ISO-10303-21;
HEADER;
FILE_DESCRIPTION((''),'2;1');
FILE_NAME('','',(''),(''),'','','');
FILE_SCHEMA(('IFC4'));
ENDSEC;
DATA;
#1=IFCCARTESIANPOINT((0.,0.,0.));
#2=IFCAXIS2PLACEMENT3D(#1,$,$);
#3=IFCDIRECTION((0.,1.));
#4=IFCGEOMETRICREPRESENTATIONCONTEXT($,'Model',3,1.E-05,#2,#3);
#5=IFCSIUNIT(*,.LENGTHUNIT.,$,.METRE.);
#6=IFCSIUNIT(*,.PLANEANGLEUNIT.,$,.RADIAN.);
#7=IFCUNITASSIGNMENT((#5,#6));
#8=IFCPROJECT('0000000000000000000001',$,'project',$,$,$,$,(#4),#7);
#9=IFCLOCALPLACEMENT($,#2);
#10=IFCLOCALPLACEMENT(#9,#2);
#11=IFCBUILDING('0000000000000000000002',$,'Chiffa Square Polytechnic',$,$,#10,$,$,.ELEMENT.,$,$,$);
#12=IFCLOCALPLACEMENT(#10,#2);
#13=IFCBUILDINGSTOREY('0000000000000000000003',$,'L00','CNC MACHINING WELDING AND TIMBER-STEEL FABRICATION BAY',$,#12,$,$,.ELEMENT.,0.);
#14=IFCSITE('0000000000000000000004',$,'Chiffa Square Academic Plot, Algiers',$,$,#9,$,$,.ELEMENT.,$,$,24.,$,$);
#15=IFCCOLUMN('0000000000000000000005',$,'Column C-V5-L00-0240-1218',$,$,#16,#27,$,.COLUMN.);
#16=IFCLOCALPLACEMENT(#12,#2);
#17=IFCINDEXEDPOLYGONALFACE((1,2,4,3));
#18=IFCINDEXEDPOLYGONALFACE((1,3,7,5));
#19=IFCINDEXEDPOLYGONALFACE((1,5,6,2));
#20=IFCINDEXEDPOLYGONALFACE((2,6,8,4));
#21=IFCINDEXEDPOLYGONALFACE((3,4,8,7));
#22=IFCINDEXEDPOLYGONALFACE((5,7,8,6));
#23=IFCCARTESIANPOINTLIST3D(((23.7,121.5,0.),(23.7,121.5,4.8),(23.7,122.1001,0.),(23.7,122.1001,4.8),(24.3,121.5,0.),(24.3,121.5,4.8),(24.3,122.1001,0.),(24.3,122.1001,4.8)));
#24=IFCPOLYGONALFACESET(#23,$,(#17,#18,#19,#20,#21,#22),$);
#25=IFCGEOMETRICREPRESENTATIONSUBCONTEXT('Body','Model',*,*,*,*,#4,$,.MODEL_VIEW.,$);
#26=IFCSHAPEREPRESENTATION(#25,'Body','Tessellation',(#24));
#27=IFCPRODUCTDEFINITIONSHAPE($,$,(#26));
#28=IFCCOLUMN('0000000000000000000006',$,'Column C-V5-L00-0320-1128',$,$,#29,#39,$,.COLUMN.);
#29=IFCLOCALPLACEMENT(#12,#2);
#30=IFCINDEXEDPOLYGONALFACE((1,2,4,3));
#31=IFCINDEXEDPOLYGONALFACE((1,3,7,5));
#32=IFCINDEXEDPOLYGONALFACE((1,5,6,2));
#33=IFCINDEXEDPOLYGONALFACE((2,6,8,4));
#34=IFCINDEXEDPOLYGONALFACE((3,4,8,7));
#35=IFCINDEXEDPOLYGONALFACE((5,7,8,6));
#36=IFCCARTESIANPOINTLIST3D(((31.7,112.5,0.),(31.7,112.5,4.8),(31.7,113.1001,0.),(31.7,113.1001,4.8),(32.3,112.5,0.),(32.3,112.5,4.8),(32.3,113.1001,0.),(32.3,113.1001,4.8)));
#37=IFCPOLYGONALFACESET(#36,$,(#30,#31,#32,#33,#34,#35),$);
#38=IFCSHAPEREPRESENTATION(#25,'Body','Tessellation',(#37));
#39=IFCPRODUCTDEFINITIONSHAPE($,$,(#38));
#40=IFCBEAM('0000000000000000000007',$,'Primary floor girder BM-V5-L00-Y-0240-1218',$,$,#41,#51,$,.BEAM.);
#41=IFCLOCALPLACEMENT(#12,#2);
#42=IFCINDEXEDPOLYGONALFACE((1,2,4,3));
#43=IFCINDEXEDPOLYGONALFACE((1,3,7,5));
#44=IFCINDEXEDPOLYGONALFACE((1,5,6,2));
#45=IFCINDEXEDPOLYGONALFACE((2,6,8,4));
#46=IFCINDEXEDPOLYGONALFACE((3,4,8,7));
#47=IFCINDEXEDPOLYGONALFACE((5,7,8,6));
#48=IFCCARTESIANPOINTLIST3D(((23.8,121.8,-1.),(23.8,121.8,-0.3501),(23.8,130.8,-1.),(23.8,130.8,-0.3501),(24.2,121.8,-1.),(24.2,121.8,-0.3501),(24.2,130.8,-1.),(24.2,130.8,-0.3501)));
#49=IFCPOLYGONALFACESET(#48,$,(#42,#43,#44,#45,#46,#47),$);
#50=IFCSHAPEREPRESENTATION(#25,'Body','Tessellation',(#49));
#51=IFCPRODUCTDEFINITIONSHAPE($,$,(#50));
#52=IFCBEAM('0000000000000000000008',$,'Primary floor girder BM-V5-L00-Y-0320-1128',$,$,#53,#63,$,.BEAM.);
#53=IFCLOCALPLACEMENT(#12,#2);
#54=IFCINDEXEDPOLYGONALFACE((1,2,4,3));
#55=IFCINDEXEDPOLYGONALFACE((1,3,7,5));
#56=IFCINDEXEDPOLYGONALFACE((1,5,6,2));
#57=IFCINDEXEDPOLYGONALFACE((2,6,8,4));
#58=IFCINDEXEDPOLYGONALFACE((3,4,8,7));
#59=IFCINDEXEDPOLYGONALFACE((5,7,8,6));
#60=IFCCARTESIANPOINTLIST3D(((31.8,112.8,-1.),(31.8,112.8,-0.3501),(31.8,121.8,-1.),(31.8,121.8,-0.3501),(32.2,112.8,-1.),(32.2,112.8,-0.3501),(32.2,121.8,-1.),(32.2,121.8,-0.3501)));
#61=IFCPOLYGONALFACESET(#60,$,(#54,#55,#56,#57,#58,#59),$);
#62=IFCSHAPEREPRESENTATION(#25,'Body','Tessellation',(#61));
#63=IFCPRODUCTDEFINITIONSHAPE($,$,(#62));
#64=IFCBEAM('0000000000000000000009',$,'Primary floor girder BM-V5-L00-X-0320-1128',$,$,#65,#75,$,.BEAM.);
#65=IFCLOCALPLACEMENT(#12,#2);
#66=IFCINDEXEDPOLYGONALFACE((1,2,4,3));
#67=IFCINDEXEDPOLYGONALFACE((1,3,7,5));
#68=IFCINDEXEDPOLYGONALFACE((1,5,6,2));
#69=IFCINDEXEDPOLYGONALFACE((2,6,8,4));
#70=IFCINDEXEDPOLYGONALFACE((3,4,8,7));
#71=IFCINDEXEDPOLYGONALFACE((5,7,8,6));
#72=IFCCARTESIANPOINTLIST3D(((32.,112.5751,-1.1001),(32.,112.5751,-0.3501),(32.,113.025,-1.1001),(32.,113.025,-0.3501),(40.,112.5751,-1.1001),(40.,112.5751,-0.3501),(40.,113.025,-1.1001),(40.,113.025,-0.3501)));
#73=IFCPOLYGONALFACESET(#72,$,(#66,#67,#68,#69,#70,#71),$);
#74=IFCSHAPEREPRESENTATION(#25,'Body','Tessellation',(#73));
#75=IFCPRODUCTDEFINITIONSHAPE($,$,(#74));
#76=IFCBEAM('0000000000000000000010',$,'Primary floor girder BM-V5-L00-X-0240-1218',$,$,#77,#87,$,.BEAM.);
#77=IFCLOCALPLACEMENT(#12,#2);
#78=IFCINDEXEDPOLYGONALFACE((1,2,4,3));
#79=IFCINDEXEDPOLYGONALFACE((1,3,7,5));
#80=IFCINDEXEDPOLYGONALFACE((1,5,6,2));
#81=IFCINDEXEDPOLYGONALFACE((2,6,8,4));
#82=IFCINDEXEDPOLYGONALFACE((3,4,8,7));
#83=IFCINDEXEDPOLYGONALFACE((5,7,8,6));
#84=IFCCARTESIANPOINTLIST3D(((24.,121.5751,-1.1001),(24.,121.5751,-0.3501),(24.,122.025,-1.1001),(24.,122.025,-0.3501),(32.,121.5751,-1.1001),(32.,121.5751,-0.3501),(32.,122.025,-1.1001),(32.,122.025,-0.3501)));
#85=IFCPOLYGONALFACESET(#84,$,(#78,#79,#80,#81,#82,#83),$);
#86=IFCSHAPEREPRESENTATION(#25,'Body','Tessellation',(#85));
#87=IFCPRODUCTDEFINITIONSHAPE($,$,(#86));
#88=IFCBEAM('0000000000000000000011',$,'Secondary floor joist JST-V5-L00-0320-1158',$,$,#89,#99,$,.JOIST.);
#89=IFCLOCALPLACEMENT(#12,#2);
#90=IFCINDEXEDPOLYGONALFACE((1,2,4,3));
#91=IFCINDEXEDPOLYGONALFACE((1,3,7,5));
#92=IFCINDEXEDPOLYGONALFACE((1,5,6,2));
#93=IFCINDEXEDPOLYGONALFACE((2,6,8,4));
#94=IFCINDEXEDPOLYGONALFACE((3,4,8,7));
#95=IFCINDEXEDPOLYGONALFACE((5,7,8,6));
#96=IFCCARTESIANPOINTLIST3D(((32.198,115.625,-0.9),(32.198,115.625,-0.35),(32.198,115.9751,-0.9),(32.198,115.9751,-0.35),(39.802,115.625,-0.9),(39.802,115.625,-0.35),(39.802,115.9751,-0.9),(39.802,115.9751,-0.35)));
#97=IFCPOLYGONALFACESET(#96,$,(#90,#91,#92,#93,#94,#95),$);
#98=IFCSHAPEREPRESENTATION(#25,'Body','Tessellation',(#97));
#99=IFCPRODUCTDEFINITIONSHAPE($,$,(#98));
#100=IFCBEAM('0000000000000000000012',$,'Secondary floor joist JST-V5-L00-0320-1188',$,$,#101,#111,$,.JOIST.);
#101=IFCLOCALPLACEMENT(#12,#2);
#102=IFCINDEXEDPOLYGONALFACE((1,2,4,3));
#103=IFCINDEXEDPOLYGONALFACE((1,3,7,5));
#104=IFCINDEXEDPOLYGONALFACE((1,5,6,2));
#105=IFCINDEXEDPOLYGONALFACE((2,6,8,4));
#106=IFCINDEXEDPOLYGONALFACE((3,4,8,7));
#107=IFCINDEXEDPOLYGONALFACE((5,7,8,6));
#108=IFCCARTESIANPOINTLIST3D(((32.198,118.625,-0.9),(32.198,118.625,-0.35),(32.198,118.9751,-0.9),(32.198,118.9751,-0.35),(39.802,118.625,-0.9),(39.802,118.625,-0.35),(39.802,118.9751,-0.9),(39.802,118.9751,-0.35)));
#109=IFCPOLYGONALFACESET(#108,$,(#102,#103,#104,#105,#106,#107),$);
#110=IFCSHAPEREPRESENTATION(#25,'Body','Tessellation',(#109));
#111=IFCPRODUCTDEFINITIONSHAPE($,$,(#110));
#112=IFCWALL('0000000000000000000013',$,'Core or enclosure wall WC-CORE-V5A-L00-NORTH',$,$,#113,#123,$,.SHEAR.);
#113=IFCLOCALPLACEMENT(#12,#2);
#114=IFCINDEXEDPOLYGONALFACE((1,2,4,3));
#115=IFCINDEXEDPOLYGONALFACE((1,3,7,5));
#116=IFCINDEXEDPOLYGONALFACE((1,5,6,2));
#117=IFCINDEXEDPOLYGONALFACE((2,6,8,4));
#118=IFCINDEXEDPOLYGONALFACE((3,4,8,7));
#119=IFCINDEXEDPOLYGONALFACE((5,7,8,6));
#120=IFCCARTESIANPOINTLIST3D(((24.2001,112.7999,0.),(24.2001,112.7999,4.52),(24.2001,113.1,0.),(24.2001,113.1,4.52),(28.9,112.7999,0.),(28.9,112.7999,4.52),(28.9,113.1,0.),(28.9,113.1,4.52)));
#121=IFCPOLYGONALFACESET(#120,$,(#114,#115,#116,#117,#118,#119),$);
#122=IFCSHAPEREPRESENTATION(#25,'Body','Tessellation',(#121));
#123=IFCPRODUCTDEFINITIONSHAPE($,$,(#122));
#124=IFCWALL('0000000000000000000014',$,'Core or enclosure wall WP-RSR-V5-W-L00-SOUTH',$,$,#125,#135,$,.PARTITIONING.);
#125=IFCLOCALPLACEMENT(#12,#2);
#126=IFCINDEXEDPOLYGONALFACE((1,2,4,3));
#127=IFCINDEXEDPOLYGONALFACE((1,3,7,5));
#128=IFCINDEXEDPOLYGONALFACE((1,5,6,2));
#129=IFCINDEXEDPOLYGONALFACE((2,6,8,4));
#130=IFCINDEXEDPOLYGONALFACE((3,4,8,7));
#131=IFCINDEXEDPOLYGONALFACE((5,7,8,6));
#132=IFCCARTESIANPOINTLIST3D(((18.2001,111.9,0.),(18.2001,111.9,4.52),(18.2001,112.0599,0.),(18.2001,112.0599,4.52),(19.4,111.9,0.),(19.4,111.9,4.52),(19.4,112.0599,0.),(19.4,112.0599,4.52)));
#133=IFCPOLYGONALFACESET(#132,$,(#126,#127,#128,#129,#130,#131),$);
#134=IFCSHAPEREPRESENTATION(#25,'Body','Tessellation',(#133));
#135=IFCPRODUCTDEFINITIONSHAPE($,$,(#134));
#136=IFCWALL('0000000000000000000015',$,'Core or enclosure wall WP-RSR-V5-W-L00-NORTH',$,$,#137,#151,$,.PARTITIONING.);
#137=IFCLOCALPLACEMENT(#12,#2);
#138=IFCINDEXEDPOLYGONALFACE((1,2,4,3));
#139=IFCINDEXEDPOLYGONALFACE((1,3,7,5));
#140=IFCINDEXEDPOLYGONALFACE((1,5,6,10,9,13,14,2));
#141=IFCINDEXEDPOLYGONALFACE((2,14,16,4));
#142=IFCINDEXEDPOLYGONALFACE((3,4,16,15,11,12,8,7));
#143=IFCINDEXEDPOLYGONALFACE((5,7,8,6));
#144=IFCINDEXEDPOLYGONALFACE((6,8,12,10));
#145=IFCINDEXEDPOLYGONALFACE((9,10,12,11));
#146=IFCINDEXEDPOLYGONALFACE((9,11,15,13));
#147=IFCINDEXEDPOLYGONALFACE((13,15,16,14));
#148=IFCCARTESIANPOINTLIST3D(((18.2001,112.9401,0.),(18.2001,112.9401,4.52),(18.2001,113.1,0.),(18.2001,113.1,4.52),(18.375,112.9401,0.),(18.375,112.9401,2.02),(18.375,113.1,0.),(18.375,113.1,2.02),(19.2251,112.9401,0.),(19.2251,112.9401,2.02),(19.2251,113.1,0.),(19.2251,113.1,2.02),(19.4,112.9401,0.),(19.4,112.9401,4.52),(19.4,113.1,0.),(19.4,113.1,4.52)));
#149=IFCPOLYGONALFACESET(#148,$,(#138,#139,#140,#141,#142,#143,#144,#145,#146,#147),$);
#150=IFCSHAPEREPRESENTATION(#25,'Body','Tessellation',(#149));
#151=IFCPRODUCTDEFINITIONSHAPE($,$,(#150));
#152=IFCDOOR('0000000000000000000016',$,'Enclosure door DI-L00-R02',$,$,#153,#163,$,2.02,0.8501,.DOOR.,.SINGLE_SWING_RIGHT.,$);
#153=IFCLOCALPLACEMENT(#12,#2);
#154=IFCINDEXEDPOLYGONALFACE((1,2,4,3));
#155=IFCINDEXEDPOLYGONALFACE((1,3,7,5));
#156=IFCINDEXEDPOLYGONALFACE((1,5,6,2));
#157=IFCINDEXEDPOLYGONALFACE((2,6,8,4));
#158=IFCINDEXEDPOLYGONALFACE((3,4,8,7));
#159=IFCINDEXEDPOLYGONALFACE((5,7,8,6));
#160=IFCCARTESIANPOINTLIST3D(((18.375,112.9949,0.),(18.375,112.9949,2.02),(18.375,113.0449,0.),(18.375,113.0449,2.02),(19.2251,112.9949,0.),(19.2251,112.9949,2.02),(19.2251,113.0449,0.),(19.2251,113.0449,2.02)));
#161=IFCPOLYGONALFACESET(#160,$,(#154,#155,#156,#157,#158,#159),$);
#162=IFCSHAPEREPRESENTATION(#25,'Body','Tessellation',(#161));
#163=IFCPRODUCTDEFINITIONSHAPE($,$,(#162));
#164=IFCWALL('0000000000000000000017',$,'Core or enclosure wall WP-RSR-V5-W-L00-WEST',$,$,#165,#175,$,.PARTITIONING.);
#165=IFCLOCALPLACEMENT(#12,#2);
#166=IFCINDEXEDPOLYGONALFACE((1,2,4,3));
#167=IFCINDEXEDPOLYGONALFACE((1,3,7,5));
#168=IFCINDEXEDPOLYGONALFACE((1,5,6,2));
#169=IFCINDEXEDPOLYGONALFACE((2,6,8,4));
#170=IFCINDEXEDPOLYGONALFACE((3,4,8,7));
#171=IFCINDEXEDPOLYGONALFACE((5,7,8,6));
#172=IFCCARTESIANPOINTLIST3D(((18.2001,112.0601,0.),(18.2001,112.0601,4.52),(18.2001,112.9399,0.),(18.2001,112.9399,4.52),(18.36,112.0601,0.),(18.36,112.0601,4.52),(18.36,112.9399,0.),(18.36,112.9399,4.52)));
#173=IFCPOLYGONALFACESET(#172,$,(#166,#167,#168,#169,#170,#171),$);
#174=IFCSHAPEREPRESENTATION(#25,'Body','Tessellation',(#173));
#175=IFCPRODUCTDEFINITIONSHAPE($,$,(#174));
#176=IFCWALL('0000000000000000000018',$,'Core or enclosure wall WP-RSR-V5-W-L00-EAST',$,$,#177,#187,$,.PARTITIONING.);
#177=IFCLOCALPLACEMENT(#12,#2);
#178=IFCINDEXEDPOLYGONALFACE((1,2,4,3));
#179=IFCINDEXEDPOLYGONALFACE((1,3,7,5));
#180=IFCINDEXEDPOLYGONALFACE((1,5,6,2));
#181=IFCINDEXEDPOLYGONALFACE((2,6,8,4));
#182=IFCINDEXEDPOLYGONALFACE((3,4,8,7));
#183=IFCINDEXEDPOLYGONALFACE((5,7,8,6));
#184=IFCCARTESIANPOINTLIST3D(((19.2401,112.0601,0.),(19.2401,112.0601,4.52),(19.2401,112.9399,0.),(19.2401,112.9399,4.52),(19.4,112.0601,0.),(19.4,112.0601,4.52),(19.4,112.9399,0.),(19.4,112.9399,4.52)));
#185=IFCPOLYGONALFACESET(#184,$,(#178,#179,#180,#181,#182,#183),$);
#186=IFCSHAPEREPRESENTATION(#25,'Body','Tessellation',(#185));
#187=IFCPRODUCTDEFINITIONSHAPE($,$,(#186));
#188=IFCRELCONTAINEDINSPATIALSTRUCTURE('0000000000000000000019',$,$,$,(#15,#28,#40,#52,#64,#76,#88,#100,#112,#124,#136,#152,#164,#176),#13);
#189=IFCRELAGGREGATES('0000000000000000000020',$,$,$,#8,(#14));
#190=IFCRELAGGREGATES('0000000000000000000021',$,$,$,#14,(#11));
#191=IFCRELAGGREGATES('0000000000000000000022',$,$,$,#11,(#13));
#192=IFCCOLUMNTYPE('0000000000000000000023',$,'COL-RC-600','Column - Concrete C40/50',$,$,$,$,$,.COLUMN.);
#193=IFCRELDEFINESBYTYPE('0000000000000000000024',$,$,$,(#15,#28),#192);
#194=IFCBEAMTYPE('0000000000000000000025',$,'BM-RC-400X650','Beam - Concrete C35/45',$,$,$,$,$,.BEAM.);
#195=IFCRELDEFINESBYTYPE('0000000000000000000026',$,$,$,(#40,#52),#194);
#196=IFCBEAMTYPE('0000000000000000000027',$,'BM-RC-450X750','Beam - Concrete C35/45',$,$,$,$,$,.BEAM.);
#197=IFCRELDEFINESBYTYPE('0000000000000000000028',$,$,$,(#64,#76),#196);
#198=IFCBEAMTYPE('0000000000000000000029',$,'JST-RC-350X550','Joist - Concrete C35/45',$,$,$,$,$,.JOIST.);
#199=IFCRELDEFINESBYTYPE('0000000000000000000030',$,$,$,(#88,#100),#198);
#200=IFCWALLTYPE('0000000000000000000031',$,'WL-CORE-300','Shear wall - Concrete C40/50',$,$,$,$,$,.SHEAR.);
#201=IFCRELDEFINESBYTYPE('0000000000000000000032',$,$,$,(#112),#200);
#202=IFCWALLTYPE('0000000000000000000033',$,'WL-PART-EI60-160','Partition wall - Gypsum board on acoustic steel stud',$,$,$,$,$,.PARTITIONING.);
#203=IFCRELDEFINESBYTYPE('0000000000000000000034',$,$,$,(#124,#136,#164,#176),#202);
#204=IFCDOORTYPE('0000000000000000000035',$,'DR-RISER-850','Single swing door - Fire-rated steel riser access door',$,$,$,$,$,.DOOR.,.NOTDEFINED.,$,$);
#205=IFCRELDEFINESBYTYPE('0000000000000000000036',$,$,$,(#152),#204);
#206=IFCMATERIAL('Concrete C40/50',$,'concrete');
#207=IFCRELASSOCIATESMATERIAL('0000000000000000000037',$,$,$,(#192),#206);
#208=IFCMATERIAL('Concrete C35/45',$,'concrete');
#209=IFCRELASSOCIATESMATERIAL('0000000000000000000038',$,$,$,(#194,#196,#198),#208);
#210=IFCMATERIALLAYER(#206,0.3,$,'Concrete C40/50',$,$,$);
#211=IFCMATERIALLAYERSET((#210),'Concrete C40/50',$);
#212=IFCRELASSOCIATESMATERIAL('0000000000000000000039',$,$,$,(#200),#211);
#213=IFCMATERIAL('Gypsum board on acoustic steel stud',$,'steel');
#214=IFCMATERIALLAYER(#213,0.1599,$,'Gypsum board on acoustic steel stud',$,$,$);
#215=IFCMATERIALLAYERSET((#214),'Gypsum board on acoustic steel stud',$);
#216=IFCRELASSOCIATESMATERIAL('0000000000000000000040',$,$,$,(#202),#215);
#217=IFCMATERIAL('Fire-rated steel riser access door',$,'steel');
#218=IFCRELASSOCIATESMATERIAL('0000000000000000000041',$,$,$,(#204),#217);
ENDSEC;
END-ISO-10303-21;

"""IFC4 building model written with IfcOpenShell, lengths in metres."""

from ifc_helpers import new_model, si_unit, direction, frame, frame_2d, origin, origin_2d, place, context, subcontext, project, spatial, rectangle, extrude, material, layer, layer_set, material_profile, profile_set, type_object, element, fill, save


model = new_model("IFC4")

# Units and contexts
model_context = context("Model", 3, precision=1e-05, world=origin(), true_north=direction((0.0, 1.0)))
body_context = subcontext(model_context, "Body", "Model", "MODEL_VIEW")
ifc_project = project(units=[si_unit("LENGTHUNIT", "METRE"), si_unit("PLANEANGLEUNIT", "RADIAN")], contexts=[model_context])

# Site, building, storey
site_placement = place(None, origin())
site = spatial("IfcSite", under=ifc_project, at=site_placement, Name="Chiffa Square Academic Plot, Algiers", CompositionType="ELEMENT", RefElevation=24.0)
building_placement = place(site_placement, origin())
building = spatial("IfcBuilding", under=site, at=building_placement, Name="Chiffa Square Polytechnic", CompositionType="ELEMENT")
storey_placement = place(building_placement, origin())
storey = spatial("IfcBuildingStorey", under=building, at=storey_placement, Name="L00", Description="CNC MACHINING WELDING AND TIMBER-STEEL FABRICATION BAY", CompositionType="ELEMENT", Elevation=0.0)

# Columns
ifc_material_1 = material(Name="Concrete C40/50", Category="concrete")
ifc_material_profile_1 = material_profile(ifc_material_1, rectangle(XDim=0.6001, YDim=0.6001, at=origin_2d()), Name="RC 600x600")
ifc_profile_set_1 = profile_set([ifc_material_profile_1], Name="Concrete C40/50")
column_type = type_object("IfcColumnType", Name="COL-RC-600", Description="Column - Concrete C40/50", PredefinedType="COLUMN", material=ifc_profile_set_1)
for number, where, z_axis, x_axis, name in (
    (1, (24.0, 121.8, 0.0), (0.0, 0.0, 1.0), (1.0, 0.0, 0.0), "Column C-V5-L00-0240-1218"),
    (2, (32.0, 112.8, 0.0), (0.0, 0.0, 1.0), (1.0, 0.0, 0.0), "Column C-V5-L00-0320-1128"),
):
    element("IfcColumn", number, at=place(storey_placement, frame(where, z_axis=z_axis, x_axis=x_axis)), inside=storey, type_object=column_type, Name=name, PredefinedType="COLUMN", context=body_context, shape_type="SweptSolid", body=[
        extrude(rectangle(XDim=0.6001, YDim=0.6001, at=origin_2d()), origin(), (0.0, 0.0, 1.0), 4.8),
    ])

# Beams
ifc_material_2 = material(Name="Concrete C35/45", Category="concrete")
ifc_material_profile_2 = material_profile(ifc_material_2, rectangle(XDim=0.3999, YDim=0.6499, at=origin_2d()), Name="RC 400x650")
ifc_profile_set_2 = profile_set([ifc_material_profile_2], Name="Concrete C35/45")
beam_type_1 = type_object("IfcBeamType", Name="BM-RC-400X650", Description="Beam - Concrete C35/45", PredefinedType="BEAM", material=ifc_profile_set_2)
for number, where, z_axis, x_axis, name in (
    (3, (24.0, 121.8, -0.675), (0.0, 1.0, 0.0), (-1.0, 0.0, 0.0), "Primary floor girder BM-V5-L00-Y-0240-1218"),
    (4, (32.0, 112.8, -0.675), (0.0, 1.0, 0.0), (-1.0, 0.0, 0.0), "Primary floor girder BM-V5-L00-Y-0320-1128"),
):
    element("IfcBeam", number, at=place(storey_placement, frame(where, z_axis=z_axis, x_axis=x_axis)), inside=storey, type_object=beam_type_1, Name=name, PredefinedType="BEAM", context=body_context, shape_type="SweptSolid", body=[
        extrude(rectangle(XDim=0.3999, YDim=0.6499, at=origin_2d()), origin(), (0.0, 0.0, 1.0), 9.0),
    ])
ifc_material_profile_3 = material_profile(ifc_material_2, rectangle(XDim=0.45, YDim=0.75, at=origin_2d()), Name="RC 450x750")
ifc_profile_set_3 = profile_set([ifc_material_profile_3], Name="Concrete C35/45")
beam_type_2 = type_object("IfcBeamType", Name="BM-RC-450X750", Description="Beam - Concrete C35/45", PredefinedType="BEAM", material=ifc_profile_set_3)
for number, where, z_axis, x_axis, name in (
    (5, (32.0, 112.8, -0.7251), (1.0, 0.0, 0.0), (0.0, 1.0, 0.0), "Primary floor girder BM-V5-L00-X-0320-1128"),
    (6, (24.0, 121.8, -0.7251), (1.0, 0.0, 0.0), (0.0, 1.0, 0.0), "Primary floor girder BM-V5-L00-X-0240-1218"),
):
    element("IfcBeam", number, at=place(storey_placement, frame(where, z_axis=z_axis, x_axis=x_axis)), inside=storey, type_object=beam_type_2, Name=name, PredefinedType="BEAM", context=body_context, shape_type="SweptSolid", body=[
        extrude(rectangle(XDim=0.45, YDim=0.75, at=origin_2d()), origin(), (0.0, 0.0, 1.0), 8.0),
    ])
ifc_material_profile_4 = material_profile(ifc_material_2, rectangle(XDim=0.3501, YDim=0.55, at=origin_2d()), Name="RC 350x550")
ifc_profile_set_4 = profile_set([ifc_material_profile_4], Name="Concrete C35/45")
beam_type_3 = type_object("IfcBeamType", Name="JST-RC-350X550", Description="Joist - Concrete C35/45", PredefinedType="JOIST", material=ifc_profile_set_4)
for number, where, z_axis, x_axis, name in (
    (7, (32.198, 115.8, -0.625), (1.0, 0.0, 0.0), (0.0, 1.0, 0.0), "Secondary floor joist JST-V5-L00-0320-1158"),
    (8, (32.198, 118.8, -0.625), (1.0, 0.0, 0.0), (0.0, 1.0, 0.0), "Secondary floor joist JST-V5-L00-0320-1188"),
):
    element("IfcBeam", number, at=place(storey_placement, frame(where, z_axis=z_axis, x_axis=x_axis)), inside=storey, type_object=beam_type_3, Name=name, PredefinedType="JOIST", context=body_context, shape_type="SweptSolid", body=[
        extrude(rectangle(XDim=0.3501, YDim=0.55, at=origin_2d()), origin(), (0.0, 0.0, 1.0), 7.604),
    ])

# Walls
ifc_layer_1 = layer(ifc_material_1, 0.3, Name="Concrete C40/50")
ifc_layer_set_1 = layer_set([ifc_layer_1], Name="Concrete C40/50")
wall_type_1 = type_object("IfcWallType", Name="WL-CORE-300", Description="Shear wall - Concrete C40/50", PredefinedType="SHEAR", material=ifc_layer_set_1)
wall_1_placement = place(storey_placement, frame((24.2, 112.95, 0.0), z_axis=(0.0, 0.0, 1.0), x_axis=(1.0, 0.0, 0.0)))
element("IfcWall", 9, at=wall_1_placement, inside=storey, type_object=wall_type_1, Name="Core or enclosure wall WC-CORE-V5A-L00-NORTH", PredefinedType="SHEAR", context=body_context, shape_type="SweptSolid", body=[
    extrude(rectangle(XDim=4.7, YDim=0.3, at=frame_2d((2.3501, 0.0))), origin(), (0.0, 0.0, 1.0), 4.52),
])
ifc_material_3 = material(Name="Gypsum board on acoustic steel stud", Category="steel")
ifc_layer_2 = layer(ifc_material_3, 0.1599, Name="Gypsum board on acoustic steel stud")
ifc_layer_set_2 = layer_set([ifc_layer_2], Name="Gypsum board on acoustic steel stud")
wall_type_2 = type_object("IfcWallType", Name="WL-PART-EI60-160", Description="Partition wall - Gypsum board on acoustic steel stud", PredefinedType="PARTITIONING", material=ifc_layer_set_2)
wall_2_placement = place(storey_placement, frame((18.2, 111.98, 0.0), z_axis=(0.0, 0.0, 1.0), x_axis=(1.0, 0.0, 0.0)))
element("IfcWall", 10, at=wall_2_placement, inside=storey, type_object=wall_type_2, Name="Core or enclosure wall WP-RSR-V5-W-L00-SOUTH", PredefinedType="PARTITIONING", context=body_context, shape_type="SweptSolid", body=[
    extrude(rectangle(XDim=1.2, YDim=0.1599, at=frame_2d((0.6001, 0.0))), origin(), (0.0, 0.0, 1.0), 4.52),
])

# Wall, opening, door
wall_3_placement = place(storey_placement, frame((18.2, 113.02, 0.0), z_axis=(0.0, 0.0, 1.0), x_axis=(1.0, 0.0, 0.0)))
wall_3 = element("IfcWall", 11, at=wall_3_placement, inside=storey, type_object=wall_type_2, Name="Core or enclosure wall WP-RSR-V5-W-L00-NORTH", PredefinedType="PARTITIONING", context=body_context, shape_type="SweptSolid", body=[
    extrude(rectangle(XDim=1.2, YDim=0.1599, at=frame_2d((0.6001, 0.0))), origin(), (0.0, 0.0, 1.0), 4.52),
])
opening_1_placement = place(wall_3_placement, frame((0.175, 0.0, 0.0)))
opening_1 = element("IfcOpeningElement", 12, at=opening_1_placement, cuts=wall_3, PredefinedType="OPENING", context=body_context, shape_type="SweptSolid", body=[
    extrude(rectangle(XDim=0.8501, YDim=2.02, at=frame_2d((0.425, 1.01))), frame((0.0, 0.0898, 0.0), z_axis=(0.0, -1.0, 0.0), x_axis=(1.0, 0.0, 0.0)), (0.0, 0.0, 1.0), 0.1799),
])
ifc_material_4 = material(Name="Fire-rated steel riser access door", Category="steel")
door_type_1 = type_object("IfcDoorType", Name="DR-RISER-850", Description="Single swing door - Fire-rated steel riser access door", OperationType="NOTDEFINED", PredefinedType="DOOR", material=ifc_material_4)
door_1_placement = place(opening_1_placement, origin())
door_1 = element("IfcDoor", 13, at=door_1_placement, inside=storey, type_object=door_type_1, Name="Enclosure door DI-L00-R02", OperationType="SINGLE_SWING_RIGHT", OverallHeight=2.02, OverallWidth=0.8501, PredefinedType="DOOR", context=body_context, shape_type="SweptSolid", body=[
    extrude(rectangle(XDim=0.8501, YDim=2.02, at=frame_2d((0.425, 1.01))), frame((0.0, 0.0249, 0.0), z_axis=(0.0, -1.0, 0.0), x_axis=(1.0, 0.0, 0.0)), (0.0, 0.0, 1.0), 0.05),
])
fill(opening_1, door_1)

# Walls
for number, where, z_axis, x_axis, name in (
    (14, (18.28, 112.0601, 0.0), (0.0, 0.0, 1.0), (0.0, 1.0, 0.0), "Core or enclosure wall WP-RSR-V5-W-L00-WEST"),
    (15, (19.3201, 112.0601, 0.0), (0.0, 0.0, 1.0), (0.0, 1.0, 0.0), "Core or enclosure wall WP-RSR-V5-W-L00-EAST"),
):
    element("IfcWall", number, at=place(storey_placement, frame(where, z_axis=z_axis, x_axis=x_axis)), inside=storey, type_object=wall_type_2, Name=name, PredefinedType="PARTITIONING", context=body_context, shape_type="SweptSolid", body=[
        extrude(rectangle(XDim=0.8799, YDim=0.1599, at=frame_2d((0.4399, 0.0))), origin(), (0.0, 0.0, 1.0), 4.52),
    ])

save(model, "model.ifc")
